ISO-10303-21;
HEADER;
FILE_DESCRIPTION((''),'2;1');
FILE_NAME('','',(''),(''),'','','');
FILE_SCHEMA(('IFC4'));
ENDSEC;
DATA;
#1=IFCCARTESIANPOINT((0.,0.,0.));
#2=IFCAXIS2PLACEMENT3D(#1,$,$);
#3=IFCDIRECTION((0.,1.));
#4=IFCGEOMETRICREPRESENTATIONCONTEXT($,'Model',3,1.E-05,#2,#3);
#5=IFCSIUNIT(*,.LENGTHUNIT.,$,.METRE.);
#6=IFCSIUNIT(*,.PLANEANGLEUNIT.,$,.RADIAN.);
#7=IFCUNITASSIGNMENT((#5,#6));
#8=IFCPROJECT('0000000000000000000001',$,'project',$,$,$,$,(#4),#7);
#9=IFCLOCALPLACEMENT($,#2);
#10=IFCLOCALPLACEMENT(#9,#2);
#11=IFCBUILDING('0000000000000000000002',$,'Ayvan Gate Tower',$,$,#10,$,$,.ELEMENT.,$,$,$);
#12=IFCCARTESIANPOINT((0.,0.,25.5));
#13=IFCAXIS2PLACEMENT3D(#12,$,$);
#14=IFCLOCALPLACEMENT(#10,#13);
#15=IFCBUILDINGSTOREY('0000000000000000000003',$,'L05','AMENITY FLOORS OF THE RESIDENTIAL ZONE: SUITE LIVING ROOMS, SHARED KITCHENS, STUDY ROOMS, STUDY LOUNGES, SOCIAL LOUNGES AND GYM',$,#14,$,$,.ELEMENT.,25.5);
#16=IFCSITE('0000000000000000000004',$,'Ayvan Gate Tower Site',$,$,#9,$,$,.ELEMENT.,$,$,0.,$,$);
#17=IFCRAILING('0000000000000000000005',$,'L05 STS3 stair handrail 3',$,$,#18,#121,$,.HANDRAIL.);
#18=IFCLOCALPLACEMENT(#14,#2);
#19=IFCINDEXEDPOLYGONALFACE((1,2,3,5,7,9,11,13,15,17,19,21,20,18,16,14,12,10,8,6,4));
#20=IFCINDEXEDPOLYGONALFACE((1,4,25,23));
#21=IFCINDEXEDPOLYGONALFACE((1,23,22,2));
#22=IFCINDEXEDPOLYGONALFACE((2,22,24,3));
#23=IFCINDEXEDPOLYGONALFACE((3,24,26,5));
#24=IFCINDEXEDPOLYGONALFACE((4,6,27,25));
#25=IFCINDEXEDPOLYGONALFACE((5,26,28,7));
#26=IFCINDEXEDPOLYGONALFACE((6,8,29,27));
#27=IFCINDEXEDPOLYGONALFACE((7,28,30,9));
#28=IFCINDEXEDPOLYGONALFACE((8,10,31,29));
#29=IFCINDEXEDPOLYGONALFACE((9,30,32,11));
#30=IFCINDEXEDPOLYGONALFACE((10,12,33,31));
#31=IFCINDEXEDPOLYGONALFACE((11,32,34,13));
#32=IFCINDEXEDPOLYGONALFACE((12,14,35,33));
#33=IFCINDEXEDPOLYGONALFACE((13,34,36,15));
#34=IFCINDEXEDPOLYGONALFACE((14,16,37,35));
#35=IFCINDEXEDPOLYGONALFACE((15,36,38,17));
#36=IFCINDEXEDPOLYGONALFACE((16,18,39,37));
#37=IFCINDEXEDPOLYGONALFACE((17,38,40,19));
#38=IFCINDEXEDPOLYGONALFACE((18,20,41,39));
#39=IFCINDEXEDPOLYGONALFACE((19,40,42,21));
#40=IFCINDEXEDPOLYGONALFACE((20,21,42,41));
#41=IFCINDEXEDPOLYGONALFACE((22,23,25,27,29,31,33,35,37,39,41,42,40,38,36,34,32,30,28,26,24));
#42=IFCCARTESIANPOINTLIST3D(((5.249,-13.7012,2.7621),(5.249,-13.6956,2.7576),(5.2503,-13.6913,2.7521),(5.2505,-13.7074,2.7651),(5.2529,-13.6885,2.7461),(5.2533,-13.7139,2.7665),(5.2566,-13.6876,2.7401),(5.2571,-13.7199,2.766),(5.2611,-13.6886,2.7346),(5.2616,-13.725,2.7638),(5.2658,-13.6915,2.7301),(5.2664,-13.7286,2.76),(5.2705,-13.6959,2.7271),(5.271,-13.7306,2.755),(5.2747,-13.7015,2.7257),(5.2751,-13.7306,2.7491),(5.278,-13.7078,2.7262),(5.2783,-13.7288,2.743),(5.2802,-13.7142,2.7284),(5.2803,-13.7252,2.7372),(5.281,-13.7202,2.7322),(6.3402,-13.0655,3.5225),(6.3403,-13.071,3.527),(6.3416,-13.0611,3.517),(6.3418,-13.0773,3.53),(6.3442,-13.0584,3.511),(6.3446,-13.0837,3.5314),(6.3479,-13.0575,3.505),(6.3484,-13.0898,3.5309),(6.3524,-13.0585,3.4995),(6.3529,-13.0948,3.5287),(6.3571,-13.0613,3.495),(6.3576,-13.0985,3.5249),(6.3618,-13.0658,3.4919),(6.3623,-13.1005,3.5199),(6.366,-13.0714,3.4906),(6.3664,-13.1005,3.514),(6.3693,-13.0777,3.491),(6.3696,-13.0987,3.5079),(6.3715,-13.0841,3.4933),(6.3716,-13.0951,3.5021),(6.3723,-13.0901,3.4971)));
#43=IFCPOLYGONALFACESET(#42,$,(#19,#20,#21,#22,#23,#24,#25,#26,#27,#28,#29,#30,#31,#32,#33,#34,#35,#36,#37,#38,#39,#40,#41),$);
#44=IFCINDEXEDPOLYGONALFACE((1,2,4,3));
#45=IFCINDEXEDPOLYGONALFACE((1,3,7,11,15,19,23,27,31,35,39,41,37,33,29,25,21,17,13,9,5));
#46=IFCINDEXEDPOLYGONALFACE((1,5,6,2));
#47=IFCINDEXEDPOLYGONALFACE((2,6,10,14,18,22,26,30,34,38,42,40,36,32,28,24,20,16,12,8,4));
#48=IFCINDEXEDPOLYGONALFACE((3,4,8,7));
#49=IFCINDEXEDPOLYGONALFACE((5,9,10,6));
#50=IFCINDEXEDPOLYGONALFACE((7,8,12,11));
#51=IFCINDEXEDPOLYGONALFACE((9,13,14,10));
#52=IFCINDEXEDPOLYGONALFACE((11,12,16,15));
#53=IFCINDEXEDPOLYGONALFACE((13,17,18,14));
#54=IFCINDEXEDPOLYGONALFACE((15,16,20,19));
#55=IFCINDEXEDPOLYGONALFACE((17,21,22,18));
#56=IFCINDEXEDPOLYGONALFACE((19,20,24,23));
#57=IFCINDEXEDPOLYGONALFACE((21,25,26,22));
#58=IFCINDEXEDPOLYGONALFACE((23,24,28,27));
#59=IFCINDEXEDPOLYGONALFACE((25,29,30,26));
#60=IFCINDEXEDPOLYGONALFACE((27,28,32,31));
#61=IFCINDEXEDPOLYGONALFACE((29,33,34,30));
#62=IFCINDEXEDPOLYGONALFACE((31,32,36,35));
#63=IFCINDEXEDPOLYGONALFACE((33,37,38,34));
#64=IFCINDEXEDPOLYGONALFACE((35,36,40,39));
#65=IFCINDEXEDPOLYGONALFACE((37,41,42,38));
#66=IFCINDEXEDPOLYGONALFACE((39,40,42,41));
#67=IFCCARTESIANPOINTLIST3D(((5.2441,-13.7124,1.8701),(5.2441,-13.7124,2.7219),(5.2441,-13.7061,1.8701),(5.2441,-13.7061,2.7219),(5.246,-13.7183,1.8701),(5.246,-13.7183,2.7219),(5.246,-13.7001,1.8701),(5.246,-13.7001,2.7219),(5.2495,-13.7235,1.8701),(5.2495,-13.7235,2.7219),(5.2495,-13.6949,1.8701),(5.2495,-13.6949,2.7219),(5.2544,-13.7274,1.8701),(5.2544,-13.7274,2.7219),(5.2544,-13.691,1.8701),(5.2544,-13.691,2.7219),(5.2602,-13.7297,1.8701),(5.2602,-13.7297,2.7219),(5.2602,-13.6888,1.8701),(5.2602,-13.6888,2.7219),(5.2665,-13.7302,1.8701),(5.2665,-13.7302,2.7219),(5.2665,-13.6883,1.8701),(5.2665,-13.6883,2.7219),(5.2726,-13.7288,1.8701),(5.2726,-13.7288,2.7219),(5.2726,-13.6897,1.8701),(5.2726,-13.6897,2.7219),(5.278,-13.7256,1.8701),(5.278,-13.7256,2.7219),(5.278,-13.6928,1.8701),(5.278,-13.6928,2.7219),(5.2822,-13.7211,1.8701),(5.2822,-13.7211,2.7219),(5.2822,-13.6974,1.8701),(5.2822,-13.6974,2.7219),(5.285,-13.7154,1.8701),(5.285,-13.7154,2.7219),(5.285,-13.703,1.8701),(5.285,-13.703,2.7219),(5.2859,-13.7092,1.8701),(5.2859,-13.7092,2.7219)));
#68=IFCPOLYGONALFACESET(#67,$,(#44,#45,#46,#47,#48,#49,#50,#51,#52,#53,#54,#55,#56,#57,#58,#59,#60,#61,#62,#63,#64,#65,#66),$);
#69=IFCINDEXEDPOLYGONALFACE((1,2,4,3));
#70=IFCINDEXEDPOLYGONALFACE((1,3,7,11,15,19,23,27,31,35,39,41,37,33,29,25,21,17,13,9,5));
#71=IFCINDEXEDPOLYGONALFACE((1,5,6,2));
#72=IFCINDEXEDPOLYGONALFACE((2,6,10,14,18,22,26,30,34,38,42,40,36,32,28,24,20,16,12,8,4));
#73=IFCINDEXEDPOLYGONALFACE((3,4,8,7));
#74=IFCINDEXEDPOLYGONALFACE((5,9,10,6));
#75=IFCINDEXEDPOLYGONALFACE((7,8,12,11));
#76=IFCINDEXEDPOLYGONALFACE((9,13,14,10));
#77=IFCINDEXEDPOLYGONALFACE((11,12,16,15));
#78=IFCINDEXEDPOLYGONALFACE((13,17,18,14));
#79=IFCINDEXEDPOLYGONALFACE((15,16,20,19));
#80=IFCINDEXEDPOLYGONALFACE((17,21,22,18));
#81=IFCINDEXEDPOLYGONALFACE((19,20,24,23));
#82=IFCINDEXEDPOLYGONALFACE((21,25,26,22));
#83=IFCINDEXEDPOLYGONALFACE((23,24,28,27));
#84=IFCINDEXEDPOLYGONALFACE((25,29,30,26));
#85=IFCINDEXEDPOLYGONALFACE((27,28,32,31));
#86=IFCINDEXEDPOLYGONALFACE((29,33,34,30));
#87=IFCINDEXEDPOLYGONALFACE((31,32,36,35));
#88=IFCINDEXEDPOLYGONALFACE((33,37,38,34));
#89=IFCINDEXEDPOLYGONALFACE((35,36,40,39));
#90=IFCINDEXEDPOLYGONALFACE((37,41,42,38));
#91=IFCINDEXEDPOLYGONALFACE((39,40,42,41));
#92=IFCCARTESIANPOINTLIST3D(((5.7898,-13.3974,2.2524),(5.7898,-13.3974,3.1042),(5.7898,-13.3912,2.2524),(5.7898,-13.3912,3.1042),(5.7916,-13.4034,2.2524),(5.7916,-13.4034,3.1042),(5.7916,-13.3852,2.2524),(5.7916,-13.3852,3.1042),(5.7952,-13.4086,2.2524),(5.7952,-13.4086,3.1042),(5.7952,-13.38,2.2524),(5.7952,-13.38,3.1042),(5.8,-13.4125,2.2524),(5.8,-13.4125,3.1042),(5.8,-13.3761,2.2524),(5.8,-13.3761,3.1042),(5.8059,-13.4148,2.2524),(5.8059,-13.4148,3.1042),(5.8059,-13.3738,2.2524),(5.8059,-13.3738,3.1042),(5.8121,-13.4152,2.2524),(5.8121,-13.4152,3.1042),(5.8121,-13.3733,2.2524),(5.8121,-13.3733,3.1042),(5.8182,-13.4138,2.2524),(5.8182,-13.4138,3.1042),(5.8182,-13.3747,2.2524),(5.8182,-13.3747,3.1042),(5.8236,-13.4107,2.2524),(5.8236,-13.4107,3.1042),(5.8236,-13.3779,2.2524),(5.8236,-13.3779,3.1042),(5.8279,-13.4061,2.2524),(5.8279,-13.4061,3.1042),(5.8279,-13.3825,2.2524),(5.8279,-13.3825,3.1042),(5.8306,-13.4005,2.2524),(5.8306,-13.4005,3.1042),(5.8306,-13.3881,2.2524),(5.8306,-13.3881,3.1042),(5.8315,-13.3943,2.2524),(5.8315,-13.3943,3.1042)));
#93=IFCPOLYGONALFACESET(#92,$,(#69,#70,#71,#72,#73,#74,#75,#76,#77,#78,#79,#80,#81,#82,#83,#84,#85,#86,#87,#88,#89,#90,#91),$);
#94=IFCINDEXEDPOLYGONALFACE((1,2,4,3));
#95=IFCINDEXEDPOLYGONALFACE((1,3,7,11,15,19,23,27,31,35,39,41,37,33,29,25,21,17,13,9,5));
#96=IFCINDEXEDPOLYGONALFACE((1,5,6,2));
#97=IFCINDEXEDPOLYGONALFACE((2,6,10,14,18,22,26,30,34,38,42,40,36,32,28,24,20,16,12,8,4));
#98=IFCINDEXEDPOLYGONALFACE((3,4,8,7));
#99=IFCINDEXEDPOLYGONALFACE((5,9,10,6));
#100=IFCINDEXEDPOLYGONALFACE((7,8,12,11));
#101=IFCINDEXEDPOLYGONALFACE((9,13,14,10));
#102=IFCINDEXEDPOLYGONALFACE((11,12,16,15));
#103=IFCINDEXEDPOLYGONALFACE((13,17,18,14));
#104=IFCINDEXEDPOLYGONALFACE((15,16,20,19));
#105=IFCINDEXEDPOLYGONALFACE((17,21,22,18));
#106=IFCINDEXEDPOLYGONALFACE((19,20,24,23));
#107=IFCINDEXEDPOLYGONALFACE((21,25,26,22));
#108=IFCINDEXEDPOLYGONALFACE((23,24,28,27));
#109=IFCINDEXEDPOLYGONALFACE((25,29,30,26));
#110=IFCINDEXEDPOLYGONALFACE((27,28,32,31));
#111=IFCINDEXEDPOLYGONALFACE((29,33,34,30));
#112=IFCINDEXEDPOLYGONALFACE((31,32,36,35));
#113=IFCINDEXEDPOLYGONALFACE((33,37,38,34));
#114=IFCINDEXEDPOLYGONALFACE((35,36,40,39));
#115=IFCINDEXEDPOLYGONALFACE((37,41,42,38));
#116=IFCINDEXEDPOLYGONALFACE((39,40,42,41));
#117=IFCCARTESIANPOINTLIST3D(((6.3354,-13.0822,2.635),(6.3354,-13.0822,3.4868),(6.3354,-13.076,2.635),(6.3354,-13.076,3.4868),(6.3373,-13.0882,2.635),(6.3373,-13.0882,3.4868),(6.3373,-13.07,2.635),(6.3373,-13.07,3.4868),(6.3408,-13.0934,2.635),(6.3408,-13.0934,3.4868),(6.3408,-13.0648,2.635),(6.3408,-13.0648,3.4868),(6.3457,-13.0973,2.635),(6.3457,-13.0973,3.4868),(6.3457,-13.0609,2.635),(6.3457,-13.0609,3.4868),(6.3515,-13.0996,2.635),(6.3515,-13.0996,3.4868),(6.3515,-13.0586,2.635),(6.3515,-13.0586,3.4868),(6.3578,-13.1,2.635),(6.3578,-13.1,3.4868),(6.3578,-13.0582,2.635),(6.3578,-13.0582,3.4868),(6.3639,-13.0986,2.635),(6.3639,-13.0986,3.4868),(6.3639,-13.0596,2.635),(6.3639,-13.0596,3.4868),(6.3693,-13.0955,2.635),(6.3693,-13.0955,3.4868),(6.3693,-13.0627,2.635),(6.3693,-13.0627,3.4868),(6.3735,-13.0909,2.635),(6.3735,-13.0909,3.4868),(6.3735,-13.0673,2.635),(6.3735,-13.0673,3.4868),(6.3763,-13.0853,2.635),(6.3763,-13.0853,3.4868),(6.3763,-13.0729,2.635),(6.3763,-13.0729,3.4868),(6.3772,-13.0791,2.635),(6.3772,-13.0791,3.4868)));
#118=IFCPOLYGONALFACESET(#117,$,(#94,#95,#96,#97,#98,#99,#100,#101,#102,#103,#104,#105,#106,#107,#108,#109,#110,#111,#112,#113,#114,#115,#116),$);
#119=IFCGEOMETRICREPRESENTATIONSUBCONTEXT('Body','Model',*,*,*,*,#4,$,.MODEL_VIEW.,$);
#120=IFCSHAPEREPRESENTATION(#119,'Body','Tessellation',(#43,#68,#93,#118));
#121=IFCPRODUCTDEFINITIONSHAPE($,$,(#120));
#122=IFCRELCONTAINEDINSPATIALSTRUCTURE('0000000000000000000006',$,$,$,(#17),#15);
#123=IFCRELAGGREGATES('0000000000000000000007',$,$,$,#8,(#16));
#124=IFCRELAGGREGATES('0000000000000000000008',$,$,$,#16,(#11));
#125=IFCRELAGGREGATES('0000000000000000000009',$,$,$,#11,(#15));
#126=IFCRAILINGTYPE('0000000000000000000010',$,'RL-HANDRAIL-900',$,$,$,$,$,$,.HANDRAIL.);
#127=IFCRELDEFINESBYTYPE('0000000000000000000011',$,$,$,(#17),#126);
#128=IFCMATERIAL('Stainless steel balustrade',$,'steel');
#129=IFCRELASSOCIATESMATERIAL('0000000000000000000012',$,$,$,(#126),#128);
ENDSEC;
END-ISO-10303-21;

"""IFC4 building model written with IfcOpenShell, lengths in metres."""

from ifc_helpers import new_model, si_unit, direction, frame, origin, origin_2d, place, context, subcontext, project, spatial, circle, extrude, material, type_object, element, save


model = new_model("IFC4")

# Units and contexts
model_context = context("Model", 3, precision=1e-05, world=origin(), true_north=direction((0.0, 1.0)))
body_context = subcontext(model_context, "Body", "Model", "MODEL_VIEW")
ifc_project = project(units=[si_unit("LENGTHUNIT", "METRE"), si_unit("PLANEANGLEUNIT", "RADIAN")], contexts=[model_context])

# Site, building, storey
site_placement = place(None, origin())
site = spatial("IfcSite", under=ifc_project, at=site_placement, Name="Ayvan Gate Tower Site", CompositionType="ELEMENT", RefElevation=0.0)
building_placement = place(site_placement, origin())
building = spatial("IfcBuilding", under=site, at=building_placement, Name="Ayvan Gate Tower", CompositionType="ELEMENT")
storey_placement = place(building_placement, frame((0.0, 0.0, 25.5)))
storey = spatial("IfcBuildingStorey", under=building, at=storey_placement, Name="L05", Description="AMENITY FLOORS OF THE RESIDENTIAL ZONE: SUITE LIVING ROOMS, SHARED KITCHENS, STUDY ROOMS, STUDY LOUNGES, SOCIAL LOUNGES AND GYM", CompositionType="ELEMENT", Elevation=25.5)

# Railing
ifc_material_1 = material(Name="Stainless steel balustrade", Category="steel")
railing_type_1 = type_object("IfcRailingType", Name="RL-HANDRAIL-900", PredefinedType="HANDRAIL", material=ifc_material_1)
railing_1_placement = place(storey_placement, frame((5.2649, -13.7092, 1.8701)))
element("IfcRailing", 1, at=railing_1_placement, inside=storey, type_object=railing_type_1, Name="L05 STS3 stair handrail 3", PredefinedType="HANDRAIL", context=body_context, shape_type="SweptSolid", body=[
    extrude(circle(Radius=0.0239, at=origin_2d()), frame((0.0, 0.0, 0.876), z_axis=(0.740304, 0.427455, 0.518875), x_axis=(-0.500035, 0.866005, 0.0)), (0.0, 0.0, 1.0), 1.4741),
    extrude(circle(Radius=0.021, at=origin_2d()), origin(), (0.0, 0.0, 1.0), 0.8518),
    extrude(circle(Radius=0.021, at=origin_2d()), frame((0.5457, 0.3149, 0.3823)), (0.0, 0.0, 1.0), 0.8518),
    extrude(circle(Radius=0.021, at=origin_2d()), frame((1.0913, 0.6301, 0.7649)), (0.0, 0.0, 1.0), 0.8518),
])

save(model, "model.ifc")
